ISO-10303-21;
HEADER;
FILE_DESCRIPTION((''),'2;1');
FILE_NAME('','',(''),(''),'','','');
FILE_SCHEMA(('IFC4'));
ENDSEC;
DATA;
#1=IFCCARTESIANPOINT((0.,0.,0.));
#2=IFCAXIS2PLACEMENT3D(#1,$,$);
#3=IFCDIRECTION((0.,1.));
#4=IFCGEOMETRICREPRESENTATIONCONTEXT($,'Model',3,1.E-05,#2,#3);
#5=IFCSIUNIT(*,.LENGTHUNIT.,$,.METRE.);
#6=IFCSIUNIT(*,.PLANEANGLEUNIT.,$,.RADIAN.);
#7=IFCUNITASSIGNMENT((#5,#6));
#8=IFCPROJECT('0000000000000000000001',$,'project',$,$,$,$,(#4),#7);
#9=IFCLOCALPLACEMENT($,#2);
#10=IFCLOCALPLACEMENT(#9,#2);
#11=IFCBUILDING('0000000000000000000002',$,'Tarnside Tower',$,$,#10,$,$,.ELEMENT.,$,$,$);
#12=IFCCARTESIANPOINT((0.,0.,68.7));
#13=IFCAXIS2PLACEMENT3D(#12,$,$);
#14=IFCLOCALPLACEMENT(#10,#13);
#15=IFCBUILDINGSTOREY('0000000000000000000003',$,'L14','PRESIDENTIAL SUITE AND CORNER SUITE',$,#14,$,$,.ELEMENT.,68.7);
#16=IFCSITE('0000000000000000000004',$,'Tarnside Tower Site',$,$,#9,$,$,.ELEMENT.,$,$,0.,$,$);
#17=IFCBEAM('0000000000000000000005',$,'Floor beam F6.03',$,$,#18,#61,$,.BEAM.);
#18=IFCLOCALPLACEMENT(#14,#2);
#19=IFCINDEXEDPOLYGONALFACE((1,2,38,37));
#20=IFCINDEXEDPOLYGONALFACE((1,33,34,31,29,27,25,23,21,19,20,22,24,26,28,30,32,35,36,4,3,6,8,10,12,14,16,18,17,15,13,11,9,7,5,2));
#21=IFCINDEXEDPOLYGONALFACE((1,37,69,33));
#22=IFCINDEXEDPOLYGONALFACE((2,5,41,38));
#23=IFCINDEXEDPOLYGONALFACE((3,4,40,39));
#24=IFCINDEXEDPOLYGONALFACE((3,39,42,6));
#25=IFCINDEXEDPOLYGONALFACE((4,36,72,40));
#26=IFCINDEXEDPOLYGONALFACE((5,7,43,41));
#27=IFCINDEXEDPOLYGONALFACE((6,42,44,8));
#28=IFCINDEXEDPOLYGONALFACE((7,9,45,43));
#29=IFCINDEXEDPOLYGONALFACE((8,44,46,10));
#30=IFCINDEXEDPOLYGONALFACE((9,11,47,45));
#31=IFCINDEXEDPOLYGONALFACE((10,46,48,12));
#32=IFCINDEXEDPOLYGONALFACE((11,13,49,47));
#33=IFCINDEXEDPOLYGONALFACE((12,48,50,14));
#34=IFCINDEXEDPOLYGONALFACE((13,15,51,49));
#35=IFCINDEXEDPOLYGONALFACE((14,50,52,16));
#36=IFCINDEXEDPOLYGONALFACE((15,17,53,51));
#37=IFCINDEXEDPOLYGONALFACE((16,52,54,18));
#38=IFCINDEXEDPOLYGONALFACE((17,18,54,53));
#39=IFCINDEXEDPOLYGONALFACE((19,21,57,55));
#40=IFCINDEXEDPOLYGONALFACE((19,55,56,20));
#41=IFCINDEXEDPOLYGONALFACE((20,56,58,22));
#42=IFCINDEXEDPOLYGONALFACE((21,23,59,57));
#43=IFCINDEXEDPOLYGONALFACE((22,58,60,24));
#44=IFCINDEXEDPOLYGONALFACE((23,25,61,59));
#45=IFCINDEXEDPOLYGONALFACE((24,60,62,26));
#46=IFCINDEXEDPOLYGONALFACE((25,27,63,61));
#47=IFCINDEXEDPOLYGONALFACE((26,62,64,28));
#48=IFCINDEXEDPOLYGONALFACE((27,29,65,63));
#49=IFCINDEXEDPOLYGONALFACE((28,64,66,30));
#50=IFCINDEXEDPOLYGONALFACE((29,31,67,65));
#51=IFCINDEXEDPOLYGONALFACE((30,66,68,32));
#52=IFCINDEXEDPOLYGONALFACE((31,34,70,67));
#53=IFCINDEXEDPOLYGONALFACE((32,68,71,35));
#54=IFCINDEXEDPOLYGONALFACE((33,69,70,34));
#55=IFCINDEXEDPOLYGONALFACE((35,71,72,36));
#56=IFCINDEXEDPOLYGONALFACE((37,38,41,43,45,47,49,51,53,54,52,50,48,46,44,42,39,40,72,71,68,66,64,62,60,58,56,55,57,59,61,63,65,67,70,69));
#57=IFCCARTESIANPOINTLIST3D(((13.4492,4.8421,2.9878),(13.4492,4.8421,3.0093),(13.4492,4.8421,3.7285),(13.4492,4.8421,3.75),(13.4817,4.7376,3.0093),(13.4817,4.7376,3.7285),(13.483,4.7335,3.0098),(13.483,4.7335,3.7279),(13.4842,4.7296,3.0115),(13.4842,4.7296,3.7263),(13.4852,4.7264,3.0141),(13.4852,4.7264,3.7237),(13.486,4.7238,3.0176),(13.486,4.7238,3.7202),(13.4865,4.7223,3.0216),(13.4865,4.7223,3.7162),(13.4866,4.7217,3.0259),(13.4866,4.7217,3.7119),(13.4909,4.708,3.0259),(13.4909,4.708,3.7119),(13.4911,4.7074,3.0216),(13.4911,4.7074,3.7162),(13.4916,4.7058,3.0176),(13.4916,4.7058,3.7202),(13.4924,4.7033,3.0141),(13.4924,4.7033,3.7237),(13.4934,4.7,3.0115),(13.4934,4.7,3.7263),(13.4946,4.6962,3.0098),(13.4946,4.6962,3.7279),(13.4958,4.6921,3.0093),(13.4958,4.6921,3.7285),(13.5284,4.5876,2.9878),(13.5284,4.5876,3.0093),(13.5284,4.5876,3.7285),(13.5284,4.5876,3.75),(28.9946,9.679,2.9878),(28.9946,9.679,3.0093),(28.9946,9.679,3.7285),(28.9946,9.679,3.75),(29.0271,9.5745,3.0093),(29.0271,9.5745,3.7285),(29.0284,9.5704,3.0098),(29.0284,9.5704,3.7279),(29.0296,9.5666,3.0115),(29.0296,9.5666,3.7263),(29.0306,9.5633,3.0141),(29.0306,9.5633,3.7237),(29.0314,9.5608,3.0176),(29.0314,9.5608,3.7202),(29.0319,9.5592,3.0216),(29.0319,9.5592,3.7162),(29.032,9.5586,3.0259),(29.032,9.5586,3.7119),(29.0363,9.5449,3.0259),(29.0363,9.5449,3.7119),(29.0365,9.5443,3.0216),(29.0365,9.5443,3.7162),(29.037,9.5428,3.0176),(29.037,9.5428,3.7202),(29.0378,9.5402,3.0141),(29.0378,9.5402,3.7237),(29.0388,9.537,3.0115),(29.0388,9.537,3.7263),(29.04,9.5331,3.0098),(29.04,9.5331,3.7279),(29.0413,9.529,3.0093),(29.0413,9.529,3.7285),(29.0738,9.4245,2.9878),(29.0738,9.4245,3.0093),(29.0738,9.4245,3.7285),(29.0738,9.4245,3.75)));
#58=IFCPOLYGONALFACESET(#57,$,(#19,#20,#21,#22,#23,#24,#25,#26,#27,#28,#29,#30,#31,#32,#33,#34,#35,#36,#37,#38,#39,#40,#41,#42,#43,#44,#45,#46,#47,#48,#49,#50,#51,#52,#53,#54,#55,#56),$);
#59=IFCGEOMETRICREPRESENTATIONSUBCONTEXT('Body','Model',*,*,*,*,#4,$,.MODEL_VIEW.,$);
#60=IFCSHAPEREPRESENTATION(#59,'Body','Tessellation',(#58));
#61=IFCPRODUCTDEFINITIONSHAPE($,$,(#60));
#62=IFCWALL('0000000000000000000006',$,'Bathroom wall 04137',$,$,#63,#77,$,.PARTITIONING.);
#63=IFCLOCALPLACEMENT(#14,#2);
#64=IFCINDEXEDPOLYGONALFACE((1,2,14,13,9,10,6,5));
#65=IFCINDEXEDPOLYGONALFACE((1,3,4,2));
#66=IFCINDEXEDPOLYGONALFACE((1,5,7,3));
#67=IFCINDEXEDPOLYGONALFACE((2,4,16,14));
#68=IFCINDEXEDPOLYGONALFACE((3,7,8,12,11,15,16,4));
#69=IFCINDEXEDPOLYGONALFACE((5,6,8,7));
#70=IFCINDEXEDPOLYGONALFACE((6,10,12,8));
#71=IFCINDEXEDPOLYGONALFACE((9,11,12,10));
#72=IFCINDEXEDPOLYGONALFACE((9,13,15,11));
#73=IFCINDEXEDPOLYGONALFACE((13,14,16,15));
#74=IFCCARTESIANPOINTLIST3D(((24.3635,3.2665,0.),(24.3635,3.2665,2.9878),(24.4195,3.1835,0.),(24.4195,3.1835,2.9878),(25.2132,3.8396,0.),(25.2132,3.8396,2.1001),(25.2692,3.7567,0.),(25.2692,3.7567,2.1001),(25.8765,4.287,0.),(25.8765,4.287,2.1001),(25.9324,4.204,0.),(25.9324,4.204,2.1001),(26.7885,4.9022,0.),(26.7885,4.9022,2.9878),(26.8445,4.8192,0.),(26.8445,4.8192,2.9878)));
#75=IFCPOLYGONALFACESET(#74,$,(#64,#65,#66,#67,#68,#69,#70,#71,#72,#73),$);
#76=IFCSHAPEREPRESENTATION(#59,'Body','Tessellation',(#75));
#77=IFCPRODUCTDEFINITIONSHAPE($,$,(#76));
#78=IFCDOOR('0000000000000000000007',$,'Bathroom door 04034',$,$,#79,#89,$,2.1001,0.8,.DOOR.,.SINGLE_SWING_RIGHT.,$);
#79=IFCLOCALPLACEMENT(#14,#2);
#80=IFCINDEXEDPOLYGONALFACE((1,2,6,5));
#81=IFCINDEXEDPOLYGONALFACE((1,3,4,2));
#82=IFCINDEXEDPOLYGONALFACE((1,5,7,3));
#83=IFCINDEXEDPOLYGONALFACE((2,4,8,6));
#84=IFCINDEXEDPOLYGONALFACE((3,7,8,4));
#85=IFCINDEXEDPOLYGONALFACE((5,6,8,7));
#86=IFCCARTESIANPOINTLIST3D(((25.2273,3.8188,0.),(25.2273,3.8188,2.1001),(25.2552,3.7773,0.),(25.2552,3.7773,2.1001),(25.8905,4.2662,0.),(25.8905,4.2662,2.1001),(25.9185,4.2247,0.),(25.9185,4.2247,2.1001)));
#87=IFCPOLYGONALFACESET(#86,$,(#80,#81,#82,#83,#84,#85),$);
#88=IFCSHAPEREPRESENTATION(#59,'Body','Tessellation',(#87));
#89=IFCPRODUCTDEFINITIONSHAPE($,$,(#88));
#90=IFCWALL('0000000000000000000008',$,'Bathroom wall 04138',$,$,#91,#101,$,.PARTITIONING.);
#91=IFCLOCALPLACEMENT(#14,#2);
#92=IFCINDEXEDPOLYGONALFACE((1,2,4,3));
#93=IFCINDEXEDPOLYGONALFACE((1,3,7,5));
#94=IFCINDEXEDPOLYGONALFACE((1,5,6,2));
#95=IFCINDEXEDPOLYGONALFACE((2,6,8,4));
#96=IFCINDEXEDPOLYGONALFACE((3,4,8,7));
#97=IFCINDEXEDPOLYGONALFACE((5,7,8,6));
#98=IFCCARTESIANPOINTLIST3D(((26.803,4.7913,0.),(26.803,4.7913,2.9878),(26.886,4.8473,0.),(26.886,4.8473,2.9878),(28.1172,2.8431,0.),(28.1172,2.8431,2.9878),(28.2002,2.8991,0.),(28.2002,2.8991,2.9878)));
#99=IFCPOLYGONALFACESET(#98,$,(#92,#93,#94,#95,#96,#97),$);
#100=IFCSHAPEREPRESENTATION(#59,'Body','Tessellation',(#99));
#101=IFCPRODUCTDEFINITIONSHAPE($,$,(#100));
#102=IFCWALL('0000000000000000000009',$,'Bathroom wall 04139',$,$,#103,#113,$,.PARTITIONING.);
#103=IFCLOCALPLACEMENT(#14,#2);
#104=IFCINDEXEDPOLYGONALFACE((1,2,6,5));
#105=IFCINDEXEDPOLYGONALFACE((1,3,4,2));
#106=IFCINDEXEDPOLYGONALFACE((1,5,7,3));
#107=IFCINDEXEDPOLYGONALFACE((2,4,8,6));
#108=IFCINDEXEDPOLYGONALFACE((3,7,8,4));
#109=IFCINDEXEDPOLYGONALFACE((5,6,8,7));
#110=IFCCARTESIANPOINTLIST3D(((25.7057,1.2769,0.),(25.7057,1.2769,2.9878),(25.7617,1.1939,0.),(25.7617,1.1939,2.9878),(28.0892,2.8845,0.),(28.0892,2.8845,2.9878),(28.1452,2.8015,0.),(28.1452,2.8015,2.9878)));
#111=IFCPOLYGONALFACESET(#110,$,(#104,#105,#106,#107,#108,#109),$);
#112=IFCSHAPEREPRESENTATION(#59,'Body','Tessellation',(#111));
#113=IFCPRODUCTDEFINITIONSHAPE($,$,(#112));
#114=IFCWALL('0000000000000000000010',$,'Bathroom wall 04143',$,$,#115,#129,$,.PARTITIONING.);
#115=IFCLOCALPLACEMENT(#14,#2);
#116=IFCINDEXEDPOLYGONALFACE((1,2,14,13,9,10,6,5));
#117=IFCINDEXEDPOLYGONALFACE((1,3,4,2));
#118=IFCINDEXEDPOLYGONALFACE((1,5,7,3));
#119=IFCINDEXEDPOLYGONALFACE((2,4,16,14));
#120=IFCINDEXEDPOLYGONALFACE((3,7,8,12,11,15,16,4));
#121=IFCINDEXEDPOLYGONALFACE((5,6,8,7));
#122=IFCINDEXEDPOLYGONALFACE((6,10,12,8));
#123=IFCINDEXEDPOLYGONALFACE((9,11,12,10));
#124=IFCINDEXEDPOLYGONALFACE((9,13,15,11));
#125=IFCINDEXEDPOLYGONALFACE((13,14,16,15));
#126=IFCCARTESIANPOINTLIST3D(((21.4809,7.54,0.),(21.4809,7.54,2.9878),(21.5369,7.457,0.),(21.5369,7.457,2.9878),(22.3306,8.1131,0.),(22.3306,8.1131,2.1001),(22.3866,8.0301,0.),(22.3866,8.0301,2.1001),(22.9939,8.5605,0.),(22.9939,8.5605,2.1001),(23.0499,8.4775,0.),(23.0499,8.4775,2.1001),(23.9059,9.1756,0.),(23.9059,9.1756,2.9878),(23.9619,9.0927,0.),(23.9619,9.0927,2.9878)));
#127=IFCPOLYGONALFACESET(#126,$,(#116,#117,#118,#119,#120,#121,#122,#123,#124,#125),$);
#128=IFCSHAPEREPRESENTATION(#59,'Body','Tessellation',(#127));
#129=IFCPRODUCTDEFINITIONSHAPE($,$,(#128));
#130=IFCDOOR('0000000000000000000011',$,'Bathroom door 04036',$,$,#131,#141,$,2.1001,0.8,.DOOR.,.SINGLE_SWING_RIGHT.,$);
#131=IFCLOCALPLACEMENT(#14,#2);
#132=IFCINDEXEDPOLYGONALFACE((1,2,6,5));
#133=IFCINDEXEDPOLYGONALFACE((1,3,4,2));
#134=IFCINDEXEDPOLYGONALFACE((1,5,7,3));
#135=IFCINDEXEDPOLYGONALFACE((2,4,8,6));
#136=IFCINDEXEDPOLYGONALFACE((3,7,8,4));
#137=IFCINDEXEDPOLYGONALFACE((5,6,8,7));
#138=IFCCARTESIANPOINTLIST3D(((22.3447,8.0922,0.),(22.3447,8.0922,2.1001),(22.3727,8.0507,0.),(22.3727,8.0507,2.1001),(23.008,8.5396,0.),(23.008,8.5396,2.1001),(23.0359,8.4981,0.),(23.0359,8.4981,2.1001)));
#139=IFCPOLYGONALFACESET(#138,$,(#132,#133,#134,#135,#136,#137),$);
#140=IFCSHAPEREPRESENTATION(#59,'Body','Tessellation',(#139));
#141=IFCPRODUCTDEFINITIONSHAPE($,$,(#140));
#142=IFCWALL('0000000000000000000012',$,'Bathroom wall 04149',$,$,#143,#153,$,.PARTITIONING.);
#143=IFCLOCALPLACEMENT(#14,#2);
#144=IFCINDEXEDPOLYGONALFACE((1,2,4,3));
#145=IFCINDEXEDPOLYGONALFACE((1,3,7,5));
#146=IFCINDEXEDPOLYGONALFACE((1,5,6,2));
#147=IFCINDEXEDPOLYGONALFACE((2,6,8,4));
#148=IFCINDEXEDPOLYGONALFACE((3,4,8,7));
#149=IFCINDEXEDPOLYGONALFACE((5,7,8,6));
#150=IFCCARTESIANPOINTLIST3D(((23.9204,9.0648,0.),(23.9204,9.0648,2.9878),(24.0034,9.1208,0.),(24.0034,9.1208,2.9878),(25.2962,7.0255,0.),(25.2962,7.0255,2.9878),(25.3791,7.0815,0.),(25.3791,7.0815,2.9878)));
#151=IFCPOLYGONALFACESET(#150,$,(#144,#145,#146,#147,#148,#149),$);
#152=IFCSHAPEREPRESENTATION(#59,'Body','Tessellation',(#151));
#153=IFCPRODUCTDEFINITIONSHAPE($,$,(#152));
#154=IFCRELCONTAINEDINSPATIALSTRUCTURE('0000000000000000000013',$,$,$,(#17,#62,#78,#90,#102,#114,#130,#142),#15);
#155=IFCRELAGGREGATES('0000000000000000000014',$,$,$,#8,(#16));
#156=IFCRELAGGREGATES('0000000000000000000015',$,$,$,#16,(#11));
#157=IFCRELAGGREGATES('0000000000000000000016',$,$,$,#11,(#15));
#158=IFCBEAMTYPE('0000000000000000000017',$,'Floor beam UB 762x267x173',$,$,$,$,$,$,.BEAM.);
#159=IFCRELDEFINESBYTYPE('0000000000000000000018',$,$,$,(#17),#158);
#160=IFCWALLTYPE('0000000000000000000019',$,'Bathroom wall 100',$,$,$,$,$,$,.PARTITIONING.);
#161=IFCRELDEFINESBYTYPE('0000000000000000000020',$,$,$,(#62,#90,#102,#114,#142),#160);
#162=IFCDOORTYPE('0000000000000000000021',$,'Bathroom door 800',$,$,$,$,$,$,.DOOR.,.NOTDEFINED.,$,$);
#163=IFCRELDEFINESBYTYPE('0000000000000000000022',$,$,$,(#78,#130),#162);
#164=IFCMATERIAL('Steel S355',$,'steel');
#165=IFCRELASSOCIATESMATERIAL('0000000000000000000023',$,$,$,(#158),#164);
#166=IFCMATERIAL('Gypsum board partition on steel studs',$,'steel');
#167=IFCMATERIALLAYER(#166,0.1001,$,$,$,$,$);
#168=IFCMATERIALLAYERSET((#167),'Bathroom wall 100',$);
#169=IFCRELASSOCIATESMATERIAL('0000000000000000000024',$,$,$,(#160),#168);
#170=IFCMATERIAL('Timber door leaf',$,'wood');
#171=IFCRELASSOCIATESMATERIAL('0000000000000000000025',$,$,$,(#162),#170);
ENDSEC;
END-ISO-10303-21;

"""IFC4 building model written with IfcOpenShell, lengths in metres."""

from ifc_helpers import new_model, si_unit, direction, frame, frame_2d, origin, origin_2d, place, context, subcontext, project, spatial, rectangle, i_section, extrude, material, layer, layer_set, material_profile, profile_set, type_object, element, fill, save


model = new_model("IFC4")

# Units and contexts
model_context = context("Model", 3, precision=1e-05, world=origin(), true_north=direction((0.0, 1.0)))
body_context = subcontext(model_context, "Body", "Model", "MODEL_VIEW")
ifc_project = project(units=[si_unit("LENGTHUNIT", "METRE"), si_unit("PLANEANGLEUNIT", "RADIAN")], contexts=[model_context])

# Site, building, storey
site_placement = place(None, origin())
site = spatial("IfcSite", under=ifc_project, at=site_placement, Name="Tarnside Tower Site", CompositionType="ELEMENT", RefElevation=0.0)
building_placement = place(site_placement, origin())
building = spatial("IfcBuilding", under=site, at=building_placement, Name="Tarnside Tower", CompositionType="ELEMENT")
storey_placement = place(building_placement, frame((0.0, 0.0, 68.7)))
storey = spatial("IfcBuildingStorey", under=building, at=storey_placement, Name="L14", Description="PRESIDENTIAL SUITE AND CORNER SUITE", CompositionType="ELEMENT", Elevation=68.7)

# Beam
ifc_material_1 = material(Name="Steel S355", Category="steel")
ifc_material_profile = material_profile(ifc_material_1, i_section(OverallWidth=0.2666, OverallDepth=0.7622, WebThickness=0.0144, FlangeThickness=0.0215, FilletRadius=0.0166, at=origin_2d()), Name="UB 762x267x173")
ifc_profile_set = profile_set([ifc_material_profile], Name="Steel S355")
beam_type = type_object("IfcBeamType", Name="Floor beam UB 762x267x173", PredefinedType="BEAM", material=ifc_profile_set)
beam_placement = place(storey_placement, frame((29.0342, 9.5518, 3.3689), z_axis=(-0.954847, -0.297098, 0.0), x_axis=(0.297098, -0.954847, 0.0)))
element("IfcBeam", 1, at=beam_placement, inside=storey, type_object=beam_type, Name="Floor beam F6.03", PredefinedType="BEAM", context=body_context, shape_type="SweptSolid", body=[
    extrude(i_section(OverallWidth=0.2666, OverallDepth=0.7622, WebThickness=0.0144, FlangeThickness=0.0215, FilletRadius=0.0166, at=origin_2d()), origin(), (0.0, 0.0, 1.0), 16.2805),
])

# Wall, opening, door
ifc_material_2 = material(Name="Gypsum board partition on steel studs", Category="steel")
ifc_layer_1 = layer(ifc_material_2, 0.1001)
ifc_layer_set_1 = layer_set([ifc_layer_1], Name="Bathroom wall 100")
wall_type_1 = type_object("IfcWallType", Name="Bathroom wall 100", PredefinedType="PARTITIONING", material=ifc_layer_set_1)
wall_1_placement = place(storey_placement, frame((24.3916, 3.2251, 0.0), z_axis=(0.0, 0.0, 1.0), x_axis=(0.829033, 0.559199, 0.0)))
wall_1 = element("IfcWall", 2, at=wall_1_placement, inside=storey, type_object=wall_type_1, Name="Bathroom wall 04137", PredefinedType="PARTITIONING", context=body_context, shape_type="SweptSolid", body=[
    extrude(rectangle(XDim=2.925, YDim=0.1001, at=frame_2d((1.4624, 0.0))), origin(), (0.0, 0.0, 1.0), 2.9878),
])
opening_1_placement = place(wall_1_placement, frame((1.0249, 0.0, 0.0)))
opening_1 = element("IfcOpeningElement", 3, at=opening_1_placement, cuts=wall_1, PredefinedType="OPENING", context=body_context, shape_type="SweptSolid", body=[
    extrude(rectangle(XDim=0.8, YDim=2.1001, at=frame_2d((0.3999, 1.05))), frame((0.0, 0.0601, 0.0), z_axis=(0.0, -1.0, 0.0), x_axis=(1.0, 0.0, 0.0)), (0.0, 0.0, 1.0), 0.1201),
])
ifc_material_3 = material(Name="Timber door leaf", Category="wood")
door_type_1 = type_object("IfcDoorType", Name="Bathroom door 800", OperationType="NOTDEFINED", PredefinedType="DOOR", material=ifc_material_3)
door_1_placement = place(opening_1_placement, origin())
door_1 = element("IfcDoor", 4, at=door_1_placement, inside=storey, type_object=door_type_1, Name="Bathroom door 04034", OperationType="SINGLE_SWING_RIGHT", OverallHeight=2.1001, OverallWidth=0.8, PredefinedType="DOOR", context=body_context, shape_type="SweptSolid", body=[
    extrude(rectangle(XDim=0.8, YDim=2.1001, at=frame_2d((0.3999, 1.05))), frame((0.0, 0.0249, 0.0), z_axis=(0.0, -1.0, 0.0), x_axis=(1.0, 0.0, 0.0)), (0.0, 0.0, 1.0), 0.05),
])
fill(opening_1, door_1)

# Walls
wall_2_placement = place(storey_placement, frame((26.8445, 4.8193, 0.0), z_axis=(0.0, 0.0, 1.0), x_axis=(0.559223, -0.829017, 0.0)))
element("IfcWall", 5, at=wall_2_placement, inside=storey, type_object=wall_type_1, Name="Bathroom wall 04138", PredefinedType="PARTITIONING", context=body_context, shape_type="SweptSolid", body=[
    extrude(rectangle(XDim=2.3501, YDim=0.1001, at=frame_2d((1.175, 0.0))), origin(), (0.0, 0.0, 1.0), 2.9878),
])
wall_3_placement = place(storey_placement, frame((28.1172, 2.843, 0.0), z_axis=(0.0, 0.0, 1.0), x_axis=(-0.829046, -0.55918, 0.0)))
element("IfcWall", 6, at=wall_3_placement, inside=storey, type_object=wall_type_1, Name="Bathroom wall 04139", PredefinedType="PARTITIONING", context=body_context, shape_type="SweptSolid", body=[
    extrude(rectangle(XDim=2.875, YDim=0.1001, at=frame_2d((1.4375, 0.0))), origin(), (0.0, 0.0, 1.0), 2.9878),
])

# Wall, opening, door
wall_4_placement = place(storey_placement, frame((21.509, 7.4985, 0.0), z_axis=(0.0, 0.0, 1.0), x_axis=(0.829033, 0.559199, 0.0)))
wall_4 = element("IfcWall", 7, at=wall_4_placement, inside=storey, type_object=wall_type_1, Name="Bathroom wall 04143", PredefinedType="PARTITIONING", context=body_context, shape_type="SweptSolid", body=[
    extrude(rectangle(XDim=2.925, YDim=0.1001, at=frame_2d((1.4624, 0.0))), origin(), (0.0, 0.0, 1.0), 2.9878),
])
opening_2_placement = place(wall_4_placement, frame((1.0249, 0.0, 0.0)))
opening_2 = element("IfcOpeningElement", 8, at=opening_2_placement, cuts=wall_4, PredefinedType="OPENING", context=body_context, shape_type="SweptSolid", body=[
    extrude(rectangle(XDim=0.8, YDim=2.1001, at=frame_2d((0.3999, 1.05))), frame((0.0, 0.0601, 0.0), z_axis=(0.0, -1.0, 0.0), x_axis=(1.0, 0.0, 0.0)), (0.0, 0.0, 1.0), 0.1201),
])
door_2_placement = place(opening_2_placement, origin())
door_2 = element("IfcDoor", 9, at=door_2_placement, inside=storey, type_object=door_type_1, Name="Bathroom door 04036", OperationType="SINGLE_SWING_RIGHT", OverallHeight=2.1001, OverallWidth=0.8, PredefinedType="DOOR", context=body_context, shape_type="SweptSolid", body=[
    extrude(rectangle(XDim=0.8, YDim=2.1001, at=frame_2d((0.3999, 1.05))), frame((0.0, 0.0249, 0.0), z_axis=(0.0, -1.0, 0.0), x_axis=(1.0, 0.0, 0.0)), (0.0, 0.0, 1.0), 0.05),
])
fill(opening_2, door_2)

# Wall
wall_5_placement = place(storey_placement, frame((25.3376, 7.0535, 0.0), z_axis=(0.0, 0.0, 1.0), x_axis=(-0.55925, 0.828999, 0.0)))
element("IfcWall", 10, at=wall_5_placement, inside=storey, type_object=wall_type_1, Name="Bathroom wall 04149", PredefinedType="PARTITIONING", context=body_context, shape_type="SweptSolid", body=[
    extrude(rectangle(XDim=2.46, YDim=0.1001, at=frame_2d((1.23, 0.0))), origin(), (0.0, 0.0, 1.0), 2.9878),
])

save(model, "model.ifc")
